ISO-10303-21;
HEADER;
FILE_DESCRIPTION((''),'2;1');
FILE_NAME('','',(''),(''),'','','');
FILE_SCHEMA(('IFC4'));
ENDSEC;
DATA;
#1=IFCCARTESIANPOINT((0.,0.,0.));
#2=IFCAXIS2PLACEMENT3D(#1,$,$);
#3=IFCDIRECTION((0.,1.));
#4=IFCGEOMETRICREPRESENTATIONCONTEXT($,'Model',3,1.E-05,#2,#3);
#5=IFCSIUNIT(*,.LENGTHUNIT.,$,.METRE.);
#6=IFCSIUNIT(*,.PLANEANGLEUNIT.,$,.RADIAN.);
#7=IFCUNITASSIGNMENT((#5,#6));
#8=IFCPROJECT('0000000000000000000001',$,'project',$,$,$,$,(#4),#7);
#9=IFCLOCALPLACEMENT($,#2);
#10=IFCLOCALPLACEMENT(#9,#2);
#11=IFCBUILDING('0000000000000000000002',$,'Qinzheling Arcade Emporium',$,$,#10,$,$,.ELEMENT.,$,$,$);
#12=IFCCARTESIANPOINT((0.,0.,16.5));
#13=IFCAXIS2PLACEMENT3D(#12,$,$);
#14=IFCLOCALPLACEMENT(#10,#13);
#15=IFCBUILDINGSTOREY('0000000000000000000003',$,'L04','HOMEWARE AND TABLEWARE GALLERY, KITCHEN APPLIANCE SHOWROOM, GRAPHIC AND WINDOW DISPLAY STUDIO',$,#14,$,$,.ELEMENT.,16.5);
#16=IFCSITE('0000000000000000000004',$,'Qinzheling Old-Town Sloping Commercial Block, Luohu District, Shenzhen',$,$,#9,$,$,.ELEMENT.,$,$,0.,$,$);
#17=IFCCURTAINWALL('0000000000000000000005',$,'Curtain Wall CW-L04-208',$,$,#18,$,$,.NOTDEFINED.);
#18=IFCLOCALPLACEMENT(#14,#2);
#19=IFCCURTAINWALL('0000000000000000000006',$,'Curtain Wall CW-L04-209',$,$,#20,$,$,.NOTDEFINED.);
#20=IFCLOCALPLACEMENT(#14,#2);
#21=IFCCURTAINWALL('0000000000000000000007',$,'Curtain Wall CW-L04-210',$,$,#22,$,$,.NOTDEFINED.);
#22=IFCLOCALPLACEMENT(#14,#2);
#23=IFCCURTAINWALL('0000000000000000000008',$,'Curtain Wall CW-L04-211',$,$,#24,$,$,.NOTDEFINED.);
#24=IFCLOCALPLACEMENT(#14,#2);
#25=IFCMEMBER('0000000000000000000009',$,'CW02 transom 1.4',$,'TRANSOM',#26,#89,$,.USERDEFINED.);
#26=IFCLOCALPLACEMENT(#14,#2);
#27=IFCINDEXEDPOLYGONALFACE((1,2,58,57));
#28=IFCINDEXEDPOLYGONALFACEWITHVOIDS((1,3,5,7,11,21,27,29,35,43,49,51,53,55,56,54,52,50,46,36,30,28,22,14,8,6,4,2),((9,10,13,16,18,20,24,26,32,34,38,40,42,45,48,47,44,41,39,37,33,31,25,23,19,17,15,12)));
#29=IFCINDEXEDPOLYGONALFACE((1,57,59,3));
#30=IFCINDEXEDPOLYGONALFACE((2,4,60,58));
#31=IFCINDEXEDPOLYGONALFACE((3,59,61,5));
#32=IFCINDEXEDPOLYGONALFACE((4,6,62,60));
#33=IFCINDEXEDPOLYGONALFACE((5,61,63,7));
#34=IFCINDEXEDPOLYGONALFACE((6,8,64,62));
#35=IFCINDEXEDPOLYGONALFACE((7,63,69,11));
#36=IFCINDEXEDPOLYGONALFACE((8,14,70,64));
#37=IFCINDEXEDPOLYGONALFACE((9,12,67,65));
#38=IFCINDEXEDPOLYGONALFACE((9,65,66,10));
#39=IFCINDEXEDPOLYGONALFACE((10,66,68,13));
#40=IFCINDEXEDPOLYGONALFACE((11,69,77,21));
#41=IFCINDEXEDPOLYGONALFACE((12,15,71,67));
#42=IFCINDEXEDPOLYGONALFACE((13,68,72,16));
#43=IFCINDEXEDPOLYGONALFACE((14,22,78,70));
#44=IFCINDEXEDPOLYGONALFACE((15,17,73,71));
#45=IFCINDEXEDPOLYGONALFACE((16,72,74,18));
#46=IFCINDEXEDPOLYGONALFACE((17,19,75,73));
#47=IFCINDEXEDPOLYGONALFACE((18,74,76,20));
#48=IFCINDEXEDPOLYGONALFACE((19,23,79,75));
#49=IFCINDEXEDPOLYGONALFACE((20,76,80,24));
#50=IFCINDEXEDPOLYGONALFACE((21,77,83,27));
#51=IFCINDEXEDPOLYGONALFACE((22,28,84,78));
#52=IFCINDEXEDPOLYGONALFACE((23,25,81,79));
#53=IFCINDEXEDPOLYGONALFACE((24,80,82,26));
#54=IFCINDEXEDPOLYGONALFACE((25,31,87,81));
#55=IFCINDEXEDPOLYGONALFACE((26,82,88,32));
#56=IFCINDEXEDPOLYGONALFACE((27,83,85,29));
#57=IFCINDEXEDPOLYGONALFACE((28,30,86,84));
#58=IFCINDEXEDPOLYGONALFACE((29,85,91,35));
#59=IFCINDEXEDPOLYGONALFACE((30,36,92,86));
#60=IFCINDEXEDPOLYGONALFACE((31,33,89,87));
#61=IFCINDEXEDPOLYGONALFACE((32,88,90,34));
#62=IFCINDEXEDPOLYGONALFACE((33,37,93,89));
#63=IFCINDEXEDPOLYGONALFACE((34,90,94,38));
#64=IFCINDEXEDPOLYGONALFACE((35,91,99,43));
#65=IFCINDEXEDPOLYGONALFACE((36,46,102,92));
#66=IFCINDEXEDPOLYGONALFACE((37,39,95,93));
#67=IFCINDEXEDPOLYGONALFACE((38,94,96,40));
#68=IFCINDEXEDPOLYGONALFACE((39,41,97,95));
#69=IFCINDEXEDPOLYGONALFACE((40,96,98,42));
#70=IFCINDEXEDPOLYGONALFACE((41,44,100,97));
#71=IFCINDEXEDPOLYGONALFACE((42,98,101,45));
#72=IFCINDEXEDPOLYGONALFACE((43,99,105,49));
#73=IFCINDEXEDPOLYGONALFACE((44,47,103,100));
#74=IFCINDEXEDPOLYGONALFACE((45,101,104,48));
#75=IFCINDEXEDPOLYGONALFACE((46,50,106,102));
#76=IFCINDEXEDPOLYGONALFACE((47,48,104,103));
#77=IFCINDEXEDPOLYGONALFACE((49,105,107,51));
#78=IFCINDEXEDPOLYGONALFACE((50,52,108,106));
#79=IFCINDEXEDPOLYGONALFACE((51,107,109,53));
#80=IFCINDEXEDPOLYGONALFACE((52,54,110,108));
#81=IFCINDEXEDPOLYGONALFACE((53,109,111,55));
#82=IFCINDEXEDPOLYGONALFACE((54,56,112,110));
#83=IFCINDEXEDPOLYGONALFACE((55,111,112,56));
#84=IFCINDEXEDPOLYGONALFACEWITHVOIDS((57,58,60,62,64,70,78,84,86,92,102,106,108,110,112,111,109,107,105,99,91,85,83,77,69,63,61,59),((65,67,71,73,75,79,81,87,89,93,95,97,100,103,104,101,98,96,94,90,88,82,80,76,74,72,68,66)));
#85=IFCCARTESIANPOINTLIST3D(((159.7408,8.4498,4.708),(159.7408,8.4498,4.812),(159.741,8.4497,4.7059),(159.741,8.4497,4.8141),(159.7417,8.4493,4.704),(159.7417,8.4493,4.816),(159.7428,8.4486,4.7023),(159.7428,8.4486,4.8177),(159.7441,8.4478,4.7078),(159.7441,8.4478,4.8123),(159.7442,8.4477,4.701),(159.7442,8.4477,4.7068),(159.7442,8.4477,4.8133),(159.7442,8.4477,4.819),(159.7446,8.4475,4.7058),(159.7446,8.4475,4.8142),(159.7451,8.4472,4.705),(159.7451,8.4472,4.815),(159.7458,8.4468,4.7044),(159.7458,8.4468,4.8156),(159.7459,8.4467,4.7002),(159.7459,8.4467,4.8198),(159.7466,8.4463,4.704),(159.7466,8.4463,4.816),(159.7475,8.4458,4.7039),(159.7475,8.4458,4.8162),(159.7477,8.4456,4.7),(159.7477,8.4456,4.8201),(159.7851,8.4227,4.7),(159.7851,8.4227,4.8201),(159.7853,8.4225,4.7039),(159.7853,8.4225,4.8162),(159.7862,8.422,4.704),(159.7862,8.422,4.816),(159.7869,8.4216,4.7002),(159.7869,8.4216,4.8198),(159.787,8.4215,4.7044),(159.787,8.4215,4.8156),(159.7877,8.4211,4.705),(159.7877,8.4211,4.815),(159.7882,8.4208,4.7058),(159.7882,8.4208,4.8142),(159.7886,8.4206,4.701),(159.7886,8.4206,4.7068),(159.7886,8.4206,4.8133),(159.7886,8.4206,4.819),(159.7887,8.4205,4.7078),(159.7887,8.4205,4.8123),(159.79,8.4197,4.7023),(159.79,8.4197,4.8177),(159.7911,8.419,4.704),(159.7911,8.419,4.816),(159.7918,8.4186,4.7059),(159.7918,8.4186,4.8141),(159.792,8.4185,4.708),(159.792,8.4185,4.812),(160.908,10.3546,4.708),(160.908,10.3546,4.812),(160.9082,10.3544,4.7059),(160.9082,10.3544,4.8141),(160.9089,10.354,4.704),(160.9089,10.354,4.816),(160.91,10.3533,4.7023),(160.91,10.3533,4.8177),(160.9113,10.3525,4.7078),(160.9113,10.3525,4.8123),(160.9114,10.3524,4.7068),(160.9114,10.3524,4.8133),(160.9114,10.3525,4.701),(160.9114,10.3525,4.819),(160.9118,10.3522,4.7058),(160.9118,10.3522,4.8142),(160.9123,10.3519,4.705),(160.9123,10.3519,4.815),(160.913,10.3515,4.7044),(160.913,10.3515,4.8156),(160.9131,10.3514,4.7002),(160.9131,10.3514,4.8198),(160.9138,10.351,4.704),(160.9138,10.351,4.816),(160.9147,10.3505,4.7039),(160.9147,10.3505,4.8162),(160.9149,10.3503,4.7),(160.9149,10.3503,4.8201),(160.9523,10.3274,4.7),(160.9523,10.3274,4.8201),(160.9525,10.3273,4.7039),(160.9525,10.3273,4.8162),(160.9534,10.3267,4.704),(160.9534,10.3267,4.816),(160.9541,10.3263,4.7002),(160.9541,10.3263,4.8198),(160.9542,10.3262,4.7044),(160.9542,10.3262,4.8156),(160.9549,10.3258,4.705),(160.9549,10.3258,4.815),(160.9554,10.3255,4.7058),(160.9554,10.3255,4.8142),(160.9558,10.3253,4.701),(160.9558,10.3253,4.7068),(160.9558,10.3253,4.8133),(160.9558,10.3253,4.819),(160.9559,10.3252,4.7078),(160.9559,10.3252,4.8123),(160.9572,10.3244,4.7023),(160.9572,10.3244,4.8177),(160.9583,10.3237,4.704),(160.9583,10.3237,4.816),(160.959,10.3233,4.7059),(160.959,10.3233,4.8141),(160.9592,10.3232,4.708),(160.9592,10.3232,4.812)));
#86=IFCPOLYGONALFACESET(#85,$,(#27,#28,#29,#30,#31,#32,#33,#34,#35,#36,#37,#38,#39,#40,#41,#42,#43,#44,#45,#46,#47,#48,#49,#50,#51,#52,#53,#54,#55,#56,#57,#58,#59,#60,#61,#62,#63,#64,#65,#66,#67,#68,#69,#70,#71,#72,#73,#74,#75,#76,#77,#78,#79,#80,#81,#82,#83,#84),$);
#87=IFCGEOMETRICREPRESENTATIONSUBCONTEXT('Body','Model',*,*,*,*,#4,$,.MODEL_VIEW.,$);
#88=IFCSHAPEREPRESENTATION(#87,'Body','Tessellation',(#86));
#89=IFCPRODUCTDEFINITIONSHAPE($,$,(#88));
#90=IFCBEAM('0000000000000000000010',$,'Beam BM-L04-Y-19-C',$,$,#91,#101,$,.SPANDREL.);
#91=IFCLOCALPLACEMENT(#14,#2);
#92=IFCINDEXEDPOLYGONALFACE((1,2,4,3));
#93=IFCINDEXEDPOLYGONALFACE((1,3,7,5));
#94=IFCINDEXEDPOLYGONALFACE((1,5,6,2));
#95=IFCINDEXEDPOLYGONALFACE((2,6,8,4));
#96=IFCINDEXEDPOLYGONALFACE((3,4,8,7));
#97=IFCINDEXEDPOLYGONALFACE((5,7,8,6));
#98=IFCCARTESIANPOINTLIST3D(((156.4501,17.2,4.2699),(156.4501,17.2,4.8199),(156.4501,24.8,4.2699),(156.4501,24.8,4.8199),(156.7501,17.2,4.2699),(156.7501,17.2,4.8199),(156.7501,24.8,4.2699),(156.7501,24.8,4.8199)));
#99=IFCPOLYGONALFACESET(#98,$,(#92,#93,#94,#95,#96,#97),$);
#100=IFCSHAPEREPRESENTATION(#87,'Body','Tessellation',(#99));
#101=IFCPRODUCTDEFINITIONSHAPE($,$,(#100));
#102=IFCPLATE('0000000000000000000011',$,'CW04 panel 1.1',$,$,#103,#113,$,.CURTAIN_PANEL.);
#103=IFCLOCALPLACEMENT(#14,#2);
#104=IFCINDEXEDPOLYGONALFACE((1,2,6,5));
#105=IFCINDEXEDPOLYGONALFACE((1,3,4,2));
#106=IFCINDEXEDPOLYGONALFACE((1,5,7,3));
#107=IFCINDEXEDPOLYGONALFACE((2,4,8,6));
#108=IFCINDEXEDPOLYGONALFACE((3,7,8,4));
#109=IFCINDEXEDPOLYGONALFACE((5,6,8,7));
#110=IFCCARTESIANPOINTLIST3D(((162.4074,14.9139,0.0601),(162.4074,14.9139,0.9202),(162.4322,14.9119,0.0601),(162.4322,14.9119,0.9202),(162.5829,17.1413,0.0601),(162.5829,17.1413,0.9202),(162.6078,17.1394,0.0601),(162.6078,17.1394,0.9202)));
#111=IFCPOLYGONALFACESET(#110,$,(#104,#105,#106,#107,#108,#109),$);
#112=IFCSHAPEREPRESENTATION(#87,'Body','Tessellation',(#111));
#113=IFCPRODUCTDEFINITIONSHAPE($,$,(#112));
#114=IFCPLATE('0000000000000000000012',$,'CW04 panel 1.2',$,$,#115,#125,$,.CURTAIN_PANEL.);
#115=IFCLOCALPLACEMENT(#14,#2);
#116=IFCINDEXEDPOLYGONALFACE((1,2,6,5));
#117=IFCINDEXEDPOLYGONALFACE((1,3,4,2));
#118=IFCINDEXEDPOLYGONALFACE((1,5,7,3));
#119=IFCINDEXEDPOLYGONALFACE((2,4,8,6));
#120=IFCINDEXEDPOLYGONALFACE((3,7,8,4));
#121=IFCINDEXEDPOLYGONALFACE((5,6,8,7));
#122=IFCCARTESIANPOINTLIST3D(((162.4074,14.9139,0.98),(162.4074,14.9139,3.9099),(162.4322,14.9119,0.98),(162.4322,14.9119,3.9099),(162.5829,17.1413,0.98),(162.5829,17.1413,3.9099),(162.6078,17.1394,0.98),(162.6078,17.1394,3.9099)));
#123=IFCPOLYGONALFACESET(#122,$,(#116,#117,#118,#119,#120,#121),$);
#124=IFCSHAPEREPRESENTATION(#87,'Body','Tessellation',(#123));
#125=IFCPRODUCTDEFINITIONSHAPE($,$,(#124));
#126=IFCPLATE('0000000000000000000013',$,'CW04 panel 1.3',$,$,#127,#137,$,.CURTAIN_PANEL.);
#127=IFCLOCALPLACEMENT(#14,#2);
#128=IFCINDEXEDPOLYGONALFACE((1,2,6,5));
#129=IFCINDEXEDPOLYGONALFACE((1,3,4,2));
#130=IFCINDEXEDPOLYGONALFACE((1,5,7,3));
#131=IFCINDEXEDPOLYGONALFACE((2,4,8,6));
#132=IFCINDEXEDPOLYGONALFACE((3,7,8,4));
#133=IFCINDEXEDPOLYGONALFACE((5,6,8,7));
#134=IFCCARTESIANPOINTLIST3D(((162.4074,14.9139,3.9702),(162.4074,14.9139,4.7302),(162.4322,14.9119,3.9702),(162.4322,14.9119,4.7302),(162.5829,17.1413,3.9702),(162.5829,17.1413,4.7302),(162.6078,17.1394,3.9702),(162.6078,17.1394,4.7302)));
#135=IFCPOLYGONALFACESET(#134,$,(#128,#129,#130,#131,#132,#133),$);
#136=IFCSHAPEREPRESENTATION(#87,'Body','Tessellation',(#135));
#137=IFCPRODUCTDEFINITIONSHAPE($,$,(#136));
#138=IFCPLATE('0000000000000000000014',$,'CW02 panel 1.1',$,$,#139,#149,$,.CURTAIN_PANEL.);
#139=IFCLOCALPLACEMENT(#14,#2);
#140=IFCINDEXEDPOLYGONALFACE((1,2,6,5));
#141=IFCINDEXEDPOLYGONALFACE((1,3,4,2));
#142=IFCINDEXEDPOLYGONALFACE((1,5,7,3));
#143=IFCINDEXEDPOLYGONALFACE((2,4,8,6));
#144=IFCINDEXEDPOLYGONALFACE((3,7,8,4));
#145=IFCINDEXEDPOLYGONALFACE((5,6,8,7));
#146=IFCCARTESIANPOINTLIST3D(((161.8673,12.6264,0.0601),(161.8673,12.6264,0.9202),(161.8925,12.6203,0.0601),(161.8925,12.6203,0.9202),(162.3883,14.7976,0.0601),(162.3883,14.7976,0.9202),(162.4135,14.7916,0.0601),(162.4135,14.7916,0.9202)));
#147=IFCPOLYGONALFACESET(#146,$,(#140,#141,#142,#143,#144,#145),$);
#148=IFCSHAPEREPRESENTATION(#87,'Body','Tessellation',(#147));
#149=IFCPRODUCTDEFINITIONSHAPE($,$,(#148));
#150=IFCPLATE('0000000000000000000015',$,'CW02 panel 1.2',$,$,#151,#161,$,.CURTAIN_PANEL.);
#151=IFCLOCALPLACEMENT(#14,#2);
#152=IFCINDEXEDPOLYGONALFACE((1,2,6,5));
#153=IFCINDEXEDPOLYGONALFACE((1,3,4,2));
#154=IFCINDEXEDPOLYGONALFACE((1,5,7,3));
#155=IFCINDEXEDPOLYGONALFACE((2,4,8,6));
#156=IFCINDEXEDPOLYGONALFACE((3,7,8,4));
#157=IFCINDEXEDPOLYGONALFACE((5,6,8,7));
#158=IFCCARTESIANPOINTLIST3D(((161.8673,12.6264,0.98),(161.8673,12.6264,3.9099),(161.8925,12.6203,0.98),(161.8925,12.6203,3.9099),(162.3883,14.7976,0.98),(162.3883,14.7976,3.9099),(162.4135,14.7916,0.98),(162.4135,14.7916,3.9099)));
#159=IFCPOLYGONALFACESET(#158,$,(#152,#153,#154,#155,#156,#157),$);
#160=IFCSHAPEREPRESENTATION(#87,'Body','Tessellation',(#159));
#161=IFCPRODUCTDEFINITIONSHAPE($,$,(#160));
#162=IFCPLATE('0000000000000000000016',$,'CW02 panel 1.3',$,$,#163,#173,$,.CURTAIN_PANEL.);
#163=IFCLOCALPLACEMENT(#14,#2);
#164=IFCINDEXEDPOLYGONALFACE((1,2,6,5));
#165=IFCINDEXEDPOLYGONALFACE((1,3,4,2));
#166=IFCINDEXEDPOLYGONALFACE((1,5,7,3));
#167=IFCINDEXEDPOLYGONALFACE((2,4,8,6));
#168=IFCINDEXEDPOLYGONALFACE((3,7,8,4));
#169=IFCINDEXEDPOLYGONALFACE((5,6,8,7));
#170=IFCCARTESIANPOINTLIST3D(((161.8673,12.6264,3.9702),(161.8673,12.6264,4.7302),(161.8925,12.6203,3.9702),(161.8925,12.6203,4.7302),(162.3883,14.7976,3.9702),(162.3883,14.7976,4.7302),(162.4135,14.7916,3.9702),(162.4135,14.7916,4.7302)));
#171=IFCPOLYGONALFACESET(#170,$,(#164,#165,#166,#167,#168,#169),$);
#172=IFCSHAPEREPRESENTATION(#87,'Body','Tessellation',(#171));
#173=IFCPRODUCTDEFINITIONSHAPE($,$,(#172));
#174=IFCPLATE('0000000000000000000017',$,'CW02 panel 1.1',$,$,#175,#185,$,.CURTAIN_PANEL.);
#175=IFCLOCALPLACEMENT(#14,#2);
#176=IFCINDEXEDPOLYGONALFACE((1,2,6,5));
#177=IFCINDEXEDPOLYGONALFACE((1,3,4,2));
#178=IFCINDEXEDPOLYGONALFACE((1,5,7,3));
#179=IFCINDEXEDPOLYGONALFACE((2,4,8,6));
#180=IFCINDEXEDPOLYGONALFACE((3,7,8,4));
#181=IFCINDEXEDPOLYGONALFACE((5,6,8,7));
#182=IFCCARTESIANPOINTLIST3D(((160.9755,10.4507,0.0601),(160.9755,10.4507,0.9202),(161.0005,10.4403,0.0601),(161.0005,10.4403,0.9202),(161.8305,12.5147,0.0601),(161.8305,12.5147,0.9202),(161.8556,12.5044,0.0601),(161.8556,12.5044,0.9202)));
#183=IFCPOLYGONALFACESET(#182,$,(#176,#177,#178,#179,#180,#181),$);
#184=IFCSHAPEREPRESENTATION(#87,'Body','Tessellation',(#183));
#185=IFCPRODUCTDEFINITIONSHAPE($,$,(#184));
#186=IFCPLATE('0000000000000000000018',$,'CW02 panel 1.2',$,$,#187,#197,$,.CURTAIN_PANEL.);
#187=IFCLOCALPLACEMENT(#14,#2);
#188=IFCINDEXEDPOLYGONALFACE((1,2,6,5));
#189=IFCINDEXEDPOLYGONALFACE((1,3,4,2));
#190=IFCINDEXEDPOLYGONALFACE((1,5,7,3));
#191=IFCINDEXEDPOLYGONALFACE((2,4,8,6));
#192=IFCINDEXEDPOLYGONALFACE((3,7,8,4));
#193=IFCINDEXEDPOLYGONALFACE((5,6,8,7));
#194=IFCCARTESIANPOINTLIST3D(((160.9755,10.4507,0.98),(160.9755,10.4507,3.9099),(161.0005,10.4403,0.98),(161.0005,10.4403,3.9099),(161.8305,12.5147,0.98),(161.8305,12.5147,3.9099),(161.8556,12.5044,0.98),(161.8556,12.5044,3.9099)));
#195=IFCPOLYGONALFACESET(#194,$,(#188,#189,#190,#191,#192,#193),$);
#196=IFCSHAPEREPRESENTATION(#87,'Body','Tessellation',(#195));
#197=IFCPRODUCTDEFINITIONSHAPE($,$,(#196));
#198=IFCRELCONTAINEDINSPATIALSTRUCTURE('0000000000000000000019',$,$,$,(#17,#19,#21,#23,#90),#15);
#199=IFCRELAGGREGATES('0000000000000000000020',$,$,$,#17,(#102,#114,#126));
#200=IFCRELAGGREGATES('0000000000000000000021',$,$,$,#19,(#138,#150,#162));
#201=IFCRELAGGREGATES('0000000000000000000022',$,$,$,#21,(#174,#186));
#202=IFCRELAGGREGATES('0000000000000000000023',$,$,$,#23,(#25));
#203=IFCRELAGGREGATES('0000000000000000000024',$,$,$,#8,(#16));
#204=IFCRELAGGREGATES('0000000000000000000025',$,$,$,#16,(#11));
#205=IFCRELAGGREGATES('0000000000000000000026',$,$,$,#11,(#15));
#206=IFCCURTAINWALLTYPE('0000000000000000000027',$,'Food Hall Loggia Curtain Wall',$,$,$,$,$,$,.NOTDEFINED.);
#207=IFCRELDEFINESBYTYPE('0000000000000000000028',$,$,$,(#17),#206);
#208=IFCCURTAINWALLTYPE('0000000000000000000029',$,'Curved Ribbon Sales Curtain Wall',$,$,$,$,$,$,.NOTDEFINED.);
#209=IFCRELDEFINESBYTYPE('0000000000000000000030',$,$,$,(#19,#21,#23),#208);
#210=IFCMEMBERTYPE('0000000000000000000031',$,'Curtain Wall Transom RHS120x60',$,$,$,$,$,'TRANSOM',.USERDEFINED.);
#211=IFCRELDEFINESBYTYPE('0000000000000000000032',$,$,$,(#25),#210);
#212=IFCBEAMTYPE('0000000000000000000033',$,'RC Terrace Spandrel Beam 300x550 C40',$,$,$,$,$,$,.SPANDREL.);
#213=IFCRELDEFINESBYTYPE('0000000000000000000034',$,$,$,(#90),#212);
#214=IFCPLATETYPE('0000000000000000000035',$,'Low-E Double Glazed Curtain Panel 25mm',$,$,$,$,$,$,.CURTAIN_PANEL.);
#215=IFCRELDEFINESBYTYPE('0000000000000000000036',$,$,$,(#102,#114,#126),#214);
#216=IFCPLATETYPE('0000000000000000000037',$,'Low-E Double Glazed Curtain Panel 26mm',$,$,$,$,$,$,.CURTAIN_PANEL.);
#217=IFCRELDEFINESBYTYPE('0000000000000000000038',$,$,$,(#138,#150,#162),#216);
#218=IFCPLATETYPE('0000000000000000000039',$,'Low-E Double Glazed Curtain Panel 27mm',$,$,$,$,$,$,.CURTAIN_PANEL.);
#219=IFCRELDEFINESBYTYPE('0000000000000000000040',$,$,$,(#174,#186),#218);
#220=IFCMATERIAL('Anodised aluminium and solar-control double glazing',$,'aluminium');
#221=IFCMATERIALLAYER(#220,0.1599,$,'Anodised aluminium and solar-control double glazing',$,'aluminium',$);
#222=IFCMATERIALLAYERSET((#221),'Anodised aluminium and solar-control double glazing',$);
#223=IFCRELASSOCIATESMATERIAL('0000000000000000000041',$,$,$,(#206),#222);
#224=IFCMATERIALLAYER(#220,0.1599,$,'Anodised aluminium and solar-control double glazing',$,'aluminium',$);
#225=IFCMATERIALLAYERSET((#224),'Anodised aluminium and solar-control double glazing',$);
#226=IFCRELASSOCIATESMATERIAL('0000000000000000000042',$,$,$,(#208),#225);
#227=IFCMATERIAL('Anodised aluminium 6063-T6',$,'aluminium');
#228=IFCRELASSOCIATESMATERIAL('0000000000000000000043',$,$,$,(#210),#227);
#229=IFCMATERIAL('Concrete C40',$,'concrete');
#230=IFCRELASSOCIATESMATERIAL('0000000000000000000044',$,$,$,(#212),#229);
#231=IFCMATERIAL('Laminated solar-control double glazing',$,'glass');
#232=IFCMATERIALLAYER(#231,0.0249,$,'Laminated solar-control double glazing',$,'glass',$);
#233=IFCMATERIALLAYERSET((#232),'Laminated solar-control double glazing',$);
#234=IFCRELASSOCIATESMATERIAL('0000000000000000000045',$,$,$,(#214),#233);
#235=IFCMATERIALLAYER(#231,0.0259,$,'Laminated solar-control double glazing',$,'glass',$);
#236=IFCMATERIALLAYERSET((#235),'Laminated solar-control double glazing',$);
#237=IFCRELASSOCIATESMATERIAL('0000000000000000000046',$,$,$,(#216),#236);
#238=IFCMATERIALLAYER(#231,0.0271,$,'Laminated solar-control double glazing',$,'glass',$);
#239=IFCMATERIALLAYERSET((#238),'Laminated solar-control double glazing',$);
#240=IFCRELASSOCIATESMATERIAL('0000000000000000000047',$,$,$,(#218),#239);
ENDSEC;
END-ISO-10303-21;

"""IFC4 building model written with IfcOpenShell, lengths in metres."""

from ifc_helpers import new_model, si_unit, direction, frame, origin, origin_2d, place, context, subcontext, project, spatial, rectangle, hollow_rectangle, extrude, material, layer, layer_set, material_profile, profile_set, type_object, element, aggregate, save


model = new_model("IFC4")

# Units and contexts
model_context = context("Model", 3, precision=1e-05, world=origin(), true_north=direction((0.0, 1.0)))
body_context = subcontext(model_context, "Body", "Model", "MODEL_VIEW")
ifc_project = project(units=[si_unit("LENGTHUNIT", "METRE"), si_unit("PLANEANGLEUNIT", "RADIAN")], contexts=[model_context])

# Site, building, storey
site_placement = place(None, origin())
site = spatial("IfcSite", under=ifc_project, at=site_placement, Name="Qinzheling Old-Town Sloping Commercial Block, Luohu District, Shenzhen", CompositionType="ELEMENT", RefElevation=0.0)
building_placement = place(site_placement, origin())
building = spatial("IfcBuilding", under=site, at=building_placement, Name="Qinzheling Arcade Emporium", CompositionType="ELEMENT")
storey_placement = place(building_placement, frame((0.0, 0.0, 16.5)))
storey = spatial("IfcBuildingStorey", under=building, at=storey_placement, Name="L04", Description="HOMEWARE AND TABLEWARE GALLERY, KITCHEN APPLIANCE SHOWROOM, GRAPHIC AND WINDOW DISPLAY STUDIO", CompositionType="ELEMENT", Elevation=16.5)

# Shared definitions
ifc_material_1 = material(Name="Concrete C40", Category="concrete")

# Curtain walls
ifc_material_2 = material(Name="Anodised aluminium and solar-control double glazing", Category="aluminium")
ifc_layer_1 = layer(ifc_material_2, 0.1599, Name="Anodised aluminium and solar-control double glazing", Category="aluminium")
ifc_layer_set_1 = layer_set([ifc_layer_1], Name="Anodised aluminium and solar-control double glazing")
curtain_wall_type_1 = type_object("IfcCurtainWallType", Name="Food Hall Loggia Curtain Wall", PredefinedType="NOTDEFINED", material=ifc_layer_set_1)
curtain_wall_1_placement = place(storey_placement, origin())
curtain_wall_1 = element("IfcCurtainWall", 1, at=curtain_wall_1_placement, inside=storey, type_object=curtain_wall_type_1, Name="Curtain Wall CW-L04-208", PredefinedType="NOTDEFINED")
ifc_material_3 = material(Name="Anodised aluminium 6063-T6", Category="aluminium")
ifc_layer_2 = layer(ifc_material_2, 0.1599, Name="Anodised aluminium and solar-control double glazing", Category="aluminium")
ifc_layer_set_2 = layer_set([ifc_layer_2], Name="Anodised aluminium and solar-control double glazing")
curtain_wall_type_2 = type_object("IfcCurtainWallType", Name="Curved Ribbon Sales Curtain Wall", PredefinedType="NOTDEFINED", material=ifc_layer_set_2)
curtain_wall_2_placement = place(storey_placement, origin())
curtain_wall_2 = element("IfcCurtainWall", 2, at=curtain_wall_2_placement, inside=storey, type_object=curtain_wall_type_2, Name="Curtain Wall CW-L04-209", PredefinedType="NOTDEFINED")
curtain_wall_3_placement = place(storey_placement, origin())
curtain_wall_3 = element("IfcCurtainWall", 3, at=curtain_wall_3_placement, inside=storey, type_object=curtain_wall_type_2, Name="Curtain Wall CW-L04-210", PredefinedType="NOTDEFINED")

# Curtain wall
curtain_wall_4_placement = place(storey_placement, origin())
curtain_wall_4 = element("IfcCurtainWall", 4, at=curtain_wall_4_placement, inside=storey, type_object=curtain_wall_type_2, Name="Curtain Wall CW-L04-211", PredefinedType="NOTDEFINED")

# Member
ifc_material_profile_1 = material_profile(ifc_material_3, hollow_rectangle(XDim=0.0601, YDim=0.1201, WallThickness=0.0039, InnerFilletRadius=0.0039, OuterFilletRadius=0.0081, at=origin_2d()), Name="RHS 120x60x4", Category="aluminium")
ifc_profile_set_1 = profile_set([ifc_material_profile_1], Name="Anodised aluminium 6063-T6")
member_type_1 = type_object("IfcMemberType", Name="Curtain Wall Transom RHS120x60", ElementType="TRANSOM", PredefinedType="USERDEFINED", material=ifc_profile_set_1)
member_1_placement = place(storey_placement, frame((160.9336, 10.3389, 4.76), z_axis=(-0.522493, -0.852644, 0.0), x_axis=(0.852644, -0.522493, 0.0)))
member_1 = element("IfcMember", 5, at=member_1_placement, type_object=member_type_1, Name="CW02 transom 1.4", ObjectType="TRANSOM", PredefinedType="USERDEFINED", context=body_context, shape_type="SweptSolid", body=[
    extrude(hollow_rectangle(XDim=0.0601, YDim=0.1201, WallThickness=0.0039, InnerFilletRadius=0.0039, OuterFilletRadius=0.0081, at=origin_2d()), origin(), (0.0, 0.0, 1.0), 2.2339),
])

# Beam
ifc_material_profile_2 = material_profile(ifc_material_1, rectangle(XDim=0.3, YDim=0.55, at=origin_2d()), Name="RC 300x550", Category="concrete")
ifc_profile_set_2 = profile_set([ifc_material_profile_2], Name="Concrete C40")
beam_type = type_object("IfcBeamType", Name="RC Terrace Spandrel Beam 300x550 C40", PredefinedType="SPANDREL", material=ifc_profile_set_2)
beam_placement = place(storey_placement, frame((156.6001, 17.2, 4.5449), z_axis=(0.0, 1.0, 0.0), x_axis=(-1.0, 0.0, 0.0)))
element("IfcBeam", 6, at=beam_placement, inside=storey, type_object=beam_type, Name="Beam BM-L04-Y-19-C", PredefinedType="SPANDREL", context=body_context, shape_type="SweptSolid", body=[
    extrude(rectangle(XDim=0.3, YDim=0.55, at=origin_2d()), origin(), (0.0, 0.0, 1.0), 7.6001),
])

# Plates
ifc_material_4 = material(Name="Laminated solar-control double glazing", Category="glass")
ifc_layer_3 = layer(ifc_material_4, 0.0249, Name="Laminated solar-control double glazing", Category="glass")
ifc_layer_set_3 = layer_set([ifc_layer_3], Name="Laminated solar-control double glazing")
plate_type_1 = type_object("IfcPlateType", Name="Low-E Double Glazed Curtain Panel 25mm", PredefinedType="CURTAIN_PANEL", material=ifc_layer_set_3)
plate_1_placement = place(storey_placement, frame((162.5076, 16.0266, 0.0601), z_axis=(0.0, 0.0, 1.0), x_axis=(-0.07858, -0.996908, 0.0)))
plate_1 = element("IfcPlate", 7, at=plate_1_placement, type_object=plate_type_1, Name="CW04 panel 1.1", PredefinedType="CURTAIN_PANEL", context=body_context, shape_type="SweptSolid", body=[
    extrude(rectangle(XDim=2.2344, YDim=0.0249, at=origin_2d()), origin(), (0.0, 0.0, 1.0), 0.8601),
])
plate_2_placement = place(storey_placement, frame((162.5076, 16.0266, 0.98), z_axis=(0.0, 0.0, 1.0), x_axis=(-0.07858, -0.996908, 0.0)))
plate_2 = element("IfcPlate", 8, at=plate_2_placement, type_object=plate_type_1, Name="CW04 panel 1.2", PredefinedType="CURTAIN_PANEL", context=body_context, shape_type="SweptSolid", body=[
    extrude(rectangle(XDim=2.2344, YDim=0.0249, at=origin_2d()), origin(), (0.0, 0.0, 1.0), 2.9299),
])
plate_3_placement = place(storey_placement, frame((162.5076, 16.0266, 3.9702), z_axis=(0.0, 0.0, 1.0), x_axis=(-0.07858, -0.996908, 0.0)))
plate_3 = element("IfcPlate", 9, at=plate_3_placement, type_object=plate_type_1, Name="CW04 panel 1.3", PredefinedType="CURTAIN_PANEL", context=body_context, shape_type="SweptSolid", body=[
    extrude(rectangle(XDim=2.2344, YDim=0.0249, at=origin_2d()), origin(), (0.0, 0.0, 1.0), 0.76),
])
aggregate(curtain_wall_1, [plate_1, plate_2, plate_3])
ifc_layer_4 = layer(ifc_material_4, 0.0259, Name="Laminated solar-control double glazing", Category="glass")
ifc_layer_set_4 = layer_set([ifc_layer_4], Name="Laminated solar-control double glazing")
plate_type_2 = type_object("IfcPlateType", Name="Low-E Double Glazed Curtain Panel 26mm", PredefinedType="CURTAIN_PANEL", material=ifc_layer_set_4)
plate_4_placement = place(storey_placement, frame((162.1404, 13.709, 0.0601), z_axis=(0.0, 0.0, 1.0), x_axis=(-0.233325, -0.972399, 0.0)))
plate_4 = element("IfcPlate", 10, at=plate_4_placement, type_object=plate_type_2, Name="CW02 panel 1.1", PredefinedType="CURTAIN_PANEL", context=body_context, shape_type="SweptSolid", body=[
    extrude(rectangle(XDim=2.2329, YDim=0.0259, at=origin_2d()), origin(), (0.0, 0.0, 1.0), 0.8601),
])
plate_5_placement = place(storey_placement, frame((162.1404, 13.709, 0.98), z_axis=(0.0, 0.0, 1.0), x_axis=(-0.233325, -0.972399, 0.0)))
plate_5 = element("IfcPlate", 11, at=plate_5_placement, type_object=plate_type_2, Name="CW02 panel 1.2", PredefinedType="CURTAIN_PANEL", context=body_context, shape_type="SweptSolid", body=[
    extrude(rectangle(XDim=2.2329, YDim=0.0259, at=origin_2d()), origin(), (0.0, 0.0, 1.0), 2.9299),
])
plate_6_placement = place(storey_placement, frame((162.1404, 13.709, 3.9702), z_axis=(0.0, 0.0, 1.0), x_axis=(-0.233325, -0.972399, 0.0)))
plate_6 = element("IfcPlate", 12, at=plate_6_placement, type_object=plate_type_2, Name="CW02 panel 1.3", PredefinedType="CURTAIN_PANEL", context=body_context, shape_type="SweptSolid", body=[
    extrude(rectangle(XDim=2.2329, YDim=0.0259, at=origin_2d()), origin(), (0.0, 0.0, 1.0), 0.76),
])
aggregate(curtain_wall_2, [plate_4, plate_5, plate_6])
ifc_layer_5 = layer(ifc_material_4, 0.0271, Name="Laminated solar-control double glazing", Category="glass")
ifc_layer_set_5 = layer_set([ifc_layer_5], Name="Laminated solar-control double glazing")
plate_type_3 = type_object("IfcPlateType", Name="Low-E Double Glazed Curtain Panel 27mm", PredefinedType="CURTAIN_PANEL", material=ifc_layer_set_5)
plate_7_placement = place(storey_placement, frame((161.4155, 11.4775, 0.0601), z_axis=(0.0, 0.0, 1.0), x_axis=(-0.382714, -0.923867, 0.0)))
plate_7 = element("IfcPlate", 13, at=plate_7_placement, type_object=plate_type_3, Name="CW02 panel 1.1", PredefinedType="CURTAIN_PANEL", context=body_context, shape_type="SweptSolid", body=[
    extrude(rectangle(XDim=2.2341, YDim=0.0271, at=origin_2d()), origin(), (0.0, 0.0, 1.0), 0.8601),
])
plate_8_placement = place(storey_placement, frame((161.4155, 11.4775, 0.98), z_axis=(0.0, 0.0, 1.0), x_axis=(-0.382714, -0.923867, 0.0)))
plate_8 = element("IfcPlate", 14, at=plate_8_placement, type_object=plate_type_3, Name="CW02 panel 1.2", PredefinedType="CURTAIN_PANEL", context=body_context, shape_type="SweptSolid", body=[
    extrude(rectangle(XDim=2.2341, YDim=0.0271, at=origin_2d()), origin(), (0.0, 0.0, 1.0), 2.9299),
])
aggregate(curtain_wall_3, [plate_7, plate_8])
aggregate(curtain_wall_4, [member_1])

save(model, "model.ifc")
